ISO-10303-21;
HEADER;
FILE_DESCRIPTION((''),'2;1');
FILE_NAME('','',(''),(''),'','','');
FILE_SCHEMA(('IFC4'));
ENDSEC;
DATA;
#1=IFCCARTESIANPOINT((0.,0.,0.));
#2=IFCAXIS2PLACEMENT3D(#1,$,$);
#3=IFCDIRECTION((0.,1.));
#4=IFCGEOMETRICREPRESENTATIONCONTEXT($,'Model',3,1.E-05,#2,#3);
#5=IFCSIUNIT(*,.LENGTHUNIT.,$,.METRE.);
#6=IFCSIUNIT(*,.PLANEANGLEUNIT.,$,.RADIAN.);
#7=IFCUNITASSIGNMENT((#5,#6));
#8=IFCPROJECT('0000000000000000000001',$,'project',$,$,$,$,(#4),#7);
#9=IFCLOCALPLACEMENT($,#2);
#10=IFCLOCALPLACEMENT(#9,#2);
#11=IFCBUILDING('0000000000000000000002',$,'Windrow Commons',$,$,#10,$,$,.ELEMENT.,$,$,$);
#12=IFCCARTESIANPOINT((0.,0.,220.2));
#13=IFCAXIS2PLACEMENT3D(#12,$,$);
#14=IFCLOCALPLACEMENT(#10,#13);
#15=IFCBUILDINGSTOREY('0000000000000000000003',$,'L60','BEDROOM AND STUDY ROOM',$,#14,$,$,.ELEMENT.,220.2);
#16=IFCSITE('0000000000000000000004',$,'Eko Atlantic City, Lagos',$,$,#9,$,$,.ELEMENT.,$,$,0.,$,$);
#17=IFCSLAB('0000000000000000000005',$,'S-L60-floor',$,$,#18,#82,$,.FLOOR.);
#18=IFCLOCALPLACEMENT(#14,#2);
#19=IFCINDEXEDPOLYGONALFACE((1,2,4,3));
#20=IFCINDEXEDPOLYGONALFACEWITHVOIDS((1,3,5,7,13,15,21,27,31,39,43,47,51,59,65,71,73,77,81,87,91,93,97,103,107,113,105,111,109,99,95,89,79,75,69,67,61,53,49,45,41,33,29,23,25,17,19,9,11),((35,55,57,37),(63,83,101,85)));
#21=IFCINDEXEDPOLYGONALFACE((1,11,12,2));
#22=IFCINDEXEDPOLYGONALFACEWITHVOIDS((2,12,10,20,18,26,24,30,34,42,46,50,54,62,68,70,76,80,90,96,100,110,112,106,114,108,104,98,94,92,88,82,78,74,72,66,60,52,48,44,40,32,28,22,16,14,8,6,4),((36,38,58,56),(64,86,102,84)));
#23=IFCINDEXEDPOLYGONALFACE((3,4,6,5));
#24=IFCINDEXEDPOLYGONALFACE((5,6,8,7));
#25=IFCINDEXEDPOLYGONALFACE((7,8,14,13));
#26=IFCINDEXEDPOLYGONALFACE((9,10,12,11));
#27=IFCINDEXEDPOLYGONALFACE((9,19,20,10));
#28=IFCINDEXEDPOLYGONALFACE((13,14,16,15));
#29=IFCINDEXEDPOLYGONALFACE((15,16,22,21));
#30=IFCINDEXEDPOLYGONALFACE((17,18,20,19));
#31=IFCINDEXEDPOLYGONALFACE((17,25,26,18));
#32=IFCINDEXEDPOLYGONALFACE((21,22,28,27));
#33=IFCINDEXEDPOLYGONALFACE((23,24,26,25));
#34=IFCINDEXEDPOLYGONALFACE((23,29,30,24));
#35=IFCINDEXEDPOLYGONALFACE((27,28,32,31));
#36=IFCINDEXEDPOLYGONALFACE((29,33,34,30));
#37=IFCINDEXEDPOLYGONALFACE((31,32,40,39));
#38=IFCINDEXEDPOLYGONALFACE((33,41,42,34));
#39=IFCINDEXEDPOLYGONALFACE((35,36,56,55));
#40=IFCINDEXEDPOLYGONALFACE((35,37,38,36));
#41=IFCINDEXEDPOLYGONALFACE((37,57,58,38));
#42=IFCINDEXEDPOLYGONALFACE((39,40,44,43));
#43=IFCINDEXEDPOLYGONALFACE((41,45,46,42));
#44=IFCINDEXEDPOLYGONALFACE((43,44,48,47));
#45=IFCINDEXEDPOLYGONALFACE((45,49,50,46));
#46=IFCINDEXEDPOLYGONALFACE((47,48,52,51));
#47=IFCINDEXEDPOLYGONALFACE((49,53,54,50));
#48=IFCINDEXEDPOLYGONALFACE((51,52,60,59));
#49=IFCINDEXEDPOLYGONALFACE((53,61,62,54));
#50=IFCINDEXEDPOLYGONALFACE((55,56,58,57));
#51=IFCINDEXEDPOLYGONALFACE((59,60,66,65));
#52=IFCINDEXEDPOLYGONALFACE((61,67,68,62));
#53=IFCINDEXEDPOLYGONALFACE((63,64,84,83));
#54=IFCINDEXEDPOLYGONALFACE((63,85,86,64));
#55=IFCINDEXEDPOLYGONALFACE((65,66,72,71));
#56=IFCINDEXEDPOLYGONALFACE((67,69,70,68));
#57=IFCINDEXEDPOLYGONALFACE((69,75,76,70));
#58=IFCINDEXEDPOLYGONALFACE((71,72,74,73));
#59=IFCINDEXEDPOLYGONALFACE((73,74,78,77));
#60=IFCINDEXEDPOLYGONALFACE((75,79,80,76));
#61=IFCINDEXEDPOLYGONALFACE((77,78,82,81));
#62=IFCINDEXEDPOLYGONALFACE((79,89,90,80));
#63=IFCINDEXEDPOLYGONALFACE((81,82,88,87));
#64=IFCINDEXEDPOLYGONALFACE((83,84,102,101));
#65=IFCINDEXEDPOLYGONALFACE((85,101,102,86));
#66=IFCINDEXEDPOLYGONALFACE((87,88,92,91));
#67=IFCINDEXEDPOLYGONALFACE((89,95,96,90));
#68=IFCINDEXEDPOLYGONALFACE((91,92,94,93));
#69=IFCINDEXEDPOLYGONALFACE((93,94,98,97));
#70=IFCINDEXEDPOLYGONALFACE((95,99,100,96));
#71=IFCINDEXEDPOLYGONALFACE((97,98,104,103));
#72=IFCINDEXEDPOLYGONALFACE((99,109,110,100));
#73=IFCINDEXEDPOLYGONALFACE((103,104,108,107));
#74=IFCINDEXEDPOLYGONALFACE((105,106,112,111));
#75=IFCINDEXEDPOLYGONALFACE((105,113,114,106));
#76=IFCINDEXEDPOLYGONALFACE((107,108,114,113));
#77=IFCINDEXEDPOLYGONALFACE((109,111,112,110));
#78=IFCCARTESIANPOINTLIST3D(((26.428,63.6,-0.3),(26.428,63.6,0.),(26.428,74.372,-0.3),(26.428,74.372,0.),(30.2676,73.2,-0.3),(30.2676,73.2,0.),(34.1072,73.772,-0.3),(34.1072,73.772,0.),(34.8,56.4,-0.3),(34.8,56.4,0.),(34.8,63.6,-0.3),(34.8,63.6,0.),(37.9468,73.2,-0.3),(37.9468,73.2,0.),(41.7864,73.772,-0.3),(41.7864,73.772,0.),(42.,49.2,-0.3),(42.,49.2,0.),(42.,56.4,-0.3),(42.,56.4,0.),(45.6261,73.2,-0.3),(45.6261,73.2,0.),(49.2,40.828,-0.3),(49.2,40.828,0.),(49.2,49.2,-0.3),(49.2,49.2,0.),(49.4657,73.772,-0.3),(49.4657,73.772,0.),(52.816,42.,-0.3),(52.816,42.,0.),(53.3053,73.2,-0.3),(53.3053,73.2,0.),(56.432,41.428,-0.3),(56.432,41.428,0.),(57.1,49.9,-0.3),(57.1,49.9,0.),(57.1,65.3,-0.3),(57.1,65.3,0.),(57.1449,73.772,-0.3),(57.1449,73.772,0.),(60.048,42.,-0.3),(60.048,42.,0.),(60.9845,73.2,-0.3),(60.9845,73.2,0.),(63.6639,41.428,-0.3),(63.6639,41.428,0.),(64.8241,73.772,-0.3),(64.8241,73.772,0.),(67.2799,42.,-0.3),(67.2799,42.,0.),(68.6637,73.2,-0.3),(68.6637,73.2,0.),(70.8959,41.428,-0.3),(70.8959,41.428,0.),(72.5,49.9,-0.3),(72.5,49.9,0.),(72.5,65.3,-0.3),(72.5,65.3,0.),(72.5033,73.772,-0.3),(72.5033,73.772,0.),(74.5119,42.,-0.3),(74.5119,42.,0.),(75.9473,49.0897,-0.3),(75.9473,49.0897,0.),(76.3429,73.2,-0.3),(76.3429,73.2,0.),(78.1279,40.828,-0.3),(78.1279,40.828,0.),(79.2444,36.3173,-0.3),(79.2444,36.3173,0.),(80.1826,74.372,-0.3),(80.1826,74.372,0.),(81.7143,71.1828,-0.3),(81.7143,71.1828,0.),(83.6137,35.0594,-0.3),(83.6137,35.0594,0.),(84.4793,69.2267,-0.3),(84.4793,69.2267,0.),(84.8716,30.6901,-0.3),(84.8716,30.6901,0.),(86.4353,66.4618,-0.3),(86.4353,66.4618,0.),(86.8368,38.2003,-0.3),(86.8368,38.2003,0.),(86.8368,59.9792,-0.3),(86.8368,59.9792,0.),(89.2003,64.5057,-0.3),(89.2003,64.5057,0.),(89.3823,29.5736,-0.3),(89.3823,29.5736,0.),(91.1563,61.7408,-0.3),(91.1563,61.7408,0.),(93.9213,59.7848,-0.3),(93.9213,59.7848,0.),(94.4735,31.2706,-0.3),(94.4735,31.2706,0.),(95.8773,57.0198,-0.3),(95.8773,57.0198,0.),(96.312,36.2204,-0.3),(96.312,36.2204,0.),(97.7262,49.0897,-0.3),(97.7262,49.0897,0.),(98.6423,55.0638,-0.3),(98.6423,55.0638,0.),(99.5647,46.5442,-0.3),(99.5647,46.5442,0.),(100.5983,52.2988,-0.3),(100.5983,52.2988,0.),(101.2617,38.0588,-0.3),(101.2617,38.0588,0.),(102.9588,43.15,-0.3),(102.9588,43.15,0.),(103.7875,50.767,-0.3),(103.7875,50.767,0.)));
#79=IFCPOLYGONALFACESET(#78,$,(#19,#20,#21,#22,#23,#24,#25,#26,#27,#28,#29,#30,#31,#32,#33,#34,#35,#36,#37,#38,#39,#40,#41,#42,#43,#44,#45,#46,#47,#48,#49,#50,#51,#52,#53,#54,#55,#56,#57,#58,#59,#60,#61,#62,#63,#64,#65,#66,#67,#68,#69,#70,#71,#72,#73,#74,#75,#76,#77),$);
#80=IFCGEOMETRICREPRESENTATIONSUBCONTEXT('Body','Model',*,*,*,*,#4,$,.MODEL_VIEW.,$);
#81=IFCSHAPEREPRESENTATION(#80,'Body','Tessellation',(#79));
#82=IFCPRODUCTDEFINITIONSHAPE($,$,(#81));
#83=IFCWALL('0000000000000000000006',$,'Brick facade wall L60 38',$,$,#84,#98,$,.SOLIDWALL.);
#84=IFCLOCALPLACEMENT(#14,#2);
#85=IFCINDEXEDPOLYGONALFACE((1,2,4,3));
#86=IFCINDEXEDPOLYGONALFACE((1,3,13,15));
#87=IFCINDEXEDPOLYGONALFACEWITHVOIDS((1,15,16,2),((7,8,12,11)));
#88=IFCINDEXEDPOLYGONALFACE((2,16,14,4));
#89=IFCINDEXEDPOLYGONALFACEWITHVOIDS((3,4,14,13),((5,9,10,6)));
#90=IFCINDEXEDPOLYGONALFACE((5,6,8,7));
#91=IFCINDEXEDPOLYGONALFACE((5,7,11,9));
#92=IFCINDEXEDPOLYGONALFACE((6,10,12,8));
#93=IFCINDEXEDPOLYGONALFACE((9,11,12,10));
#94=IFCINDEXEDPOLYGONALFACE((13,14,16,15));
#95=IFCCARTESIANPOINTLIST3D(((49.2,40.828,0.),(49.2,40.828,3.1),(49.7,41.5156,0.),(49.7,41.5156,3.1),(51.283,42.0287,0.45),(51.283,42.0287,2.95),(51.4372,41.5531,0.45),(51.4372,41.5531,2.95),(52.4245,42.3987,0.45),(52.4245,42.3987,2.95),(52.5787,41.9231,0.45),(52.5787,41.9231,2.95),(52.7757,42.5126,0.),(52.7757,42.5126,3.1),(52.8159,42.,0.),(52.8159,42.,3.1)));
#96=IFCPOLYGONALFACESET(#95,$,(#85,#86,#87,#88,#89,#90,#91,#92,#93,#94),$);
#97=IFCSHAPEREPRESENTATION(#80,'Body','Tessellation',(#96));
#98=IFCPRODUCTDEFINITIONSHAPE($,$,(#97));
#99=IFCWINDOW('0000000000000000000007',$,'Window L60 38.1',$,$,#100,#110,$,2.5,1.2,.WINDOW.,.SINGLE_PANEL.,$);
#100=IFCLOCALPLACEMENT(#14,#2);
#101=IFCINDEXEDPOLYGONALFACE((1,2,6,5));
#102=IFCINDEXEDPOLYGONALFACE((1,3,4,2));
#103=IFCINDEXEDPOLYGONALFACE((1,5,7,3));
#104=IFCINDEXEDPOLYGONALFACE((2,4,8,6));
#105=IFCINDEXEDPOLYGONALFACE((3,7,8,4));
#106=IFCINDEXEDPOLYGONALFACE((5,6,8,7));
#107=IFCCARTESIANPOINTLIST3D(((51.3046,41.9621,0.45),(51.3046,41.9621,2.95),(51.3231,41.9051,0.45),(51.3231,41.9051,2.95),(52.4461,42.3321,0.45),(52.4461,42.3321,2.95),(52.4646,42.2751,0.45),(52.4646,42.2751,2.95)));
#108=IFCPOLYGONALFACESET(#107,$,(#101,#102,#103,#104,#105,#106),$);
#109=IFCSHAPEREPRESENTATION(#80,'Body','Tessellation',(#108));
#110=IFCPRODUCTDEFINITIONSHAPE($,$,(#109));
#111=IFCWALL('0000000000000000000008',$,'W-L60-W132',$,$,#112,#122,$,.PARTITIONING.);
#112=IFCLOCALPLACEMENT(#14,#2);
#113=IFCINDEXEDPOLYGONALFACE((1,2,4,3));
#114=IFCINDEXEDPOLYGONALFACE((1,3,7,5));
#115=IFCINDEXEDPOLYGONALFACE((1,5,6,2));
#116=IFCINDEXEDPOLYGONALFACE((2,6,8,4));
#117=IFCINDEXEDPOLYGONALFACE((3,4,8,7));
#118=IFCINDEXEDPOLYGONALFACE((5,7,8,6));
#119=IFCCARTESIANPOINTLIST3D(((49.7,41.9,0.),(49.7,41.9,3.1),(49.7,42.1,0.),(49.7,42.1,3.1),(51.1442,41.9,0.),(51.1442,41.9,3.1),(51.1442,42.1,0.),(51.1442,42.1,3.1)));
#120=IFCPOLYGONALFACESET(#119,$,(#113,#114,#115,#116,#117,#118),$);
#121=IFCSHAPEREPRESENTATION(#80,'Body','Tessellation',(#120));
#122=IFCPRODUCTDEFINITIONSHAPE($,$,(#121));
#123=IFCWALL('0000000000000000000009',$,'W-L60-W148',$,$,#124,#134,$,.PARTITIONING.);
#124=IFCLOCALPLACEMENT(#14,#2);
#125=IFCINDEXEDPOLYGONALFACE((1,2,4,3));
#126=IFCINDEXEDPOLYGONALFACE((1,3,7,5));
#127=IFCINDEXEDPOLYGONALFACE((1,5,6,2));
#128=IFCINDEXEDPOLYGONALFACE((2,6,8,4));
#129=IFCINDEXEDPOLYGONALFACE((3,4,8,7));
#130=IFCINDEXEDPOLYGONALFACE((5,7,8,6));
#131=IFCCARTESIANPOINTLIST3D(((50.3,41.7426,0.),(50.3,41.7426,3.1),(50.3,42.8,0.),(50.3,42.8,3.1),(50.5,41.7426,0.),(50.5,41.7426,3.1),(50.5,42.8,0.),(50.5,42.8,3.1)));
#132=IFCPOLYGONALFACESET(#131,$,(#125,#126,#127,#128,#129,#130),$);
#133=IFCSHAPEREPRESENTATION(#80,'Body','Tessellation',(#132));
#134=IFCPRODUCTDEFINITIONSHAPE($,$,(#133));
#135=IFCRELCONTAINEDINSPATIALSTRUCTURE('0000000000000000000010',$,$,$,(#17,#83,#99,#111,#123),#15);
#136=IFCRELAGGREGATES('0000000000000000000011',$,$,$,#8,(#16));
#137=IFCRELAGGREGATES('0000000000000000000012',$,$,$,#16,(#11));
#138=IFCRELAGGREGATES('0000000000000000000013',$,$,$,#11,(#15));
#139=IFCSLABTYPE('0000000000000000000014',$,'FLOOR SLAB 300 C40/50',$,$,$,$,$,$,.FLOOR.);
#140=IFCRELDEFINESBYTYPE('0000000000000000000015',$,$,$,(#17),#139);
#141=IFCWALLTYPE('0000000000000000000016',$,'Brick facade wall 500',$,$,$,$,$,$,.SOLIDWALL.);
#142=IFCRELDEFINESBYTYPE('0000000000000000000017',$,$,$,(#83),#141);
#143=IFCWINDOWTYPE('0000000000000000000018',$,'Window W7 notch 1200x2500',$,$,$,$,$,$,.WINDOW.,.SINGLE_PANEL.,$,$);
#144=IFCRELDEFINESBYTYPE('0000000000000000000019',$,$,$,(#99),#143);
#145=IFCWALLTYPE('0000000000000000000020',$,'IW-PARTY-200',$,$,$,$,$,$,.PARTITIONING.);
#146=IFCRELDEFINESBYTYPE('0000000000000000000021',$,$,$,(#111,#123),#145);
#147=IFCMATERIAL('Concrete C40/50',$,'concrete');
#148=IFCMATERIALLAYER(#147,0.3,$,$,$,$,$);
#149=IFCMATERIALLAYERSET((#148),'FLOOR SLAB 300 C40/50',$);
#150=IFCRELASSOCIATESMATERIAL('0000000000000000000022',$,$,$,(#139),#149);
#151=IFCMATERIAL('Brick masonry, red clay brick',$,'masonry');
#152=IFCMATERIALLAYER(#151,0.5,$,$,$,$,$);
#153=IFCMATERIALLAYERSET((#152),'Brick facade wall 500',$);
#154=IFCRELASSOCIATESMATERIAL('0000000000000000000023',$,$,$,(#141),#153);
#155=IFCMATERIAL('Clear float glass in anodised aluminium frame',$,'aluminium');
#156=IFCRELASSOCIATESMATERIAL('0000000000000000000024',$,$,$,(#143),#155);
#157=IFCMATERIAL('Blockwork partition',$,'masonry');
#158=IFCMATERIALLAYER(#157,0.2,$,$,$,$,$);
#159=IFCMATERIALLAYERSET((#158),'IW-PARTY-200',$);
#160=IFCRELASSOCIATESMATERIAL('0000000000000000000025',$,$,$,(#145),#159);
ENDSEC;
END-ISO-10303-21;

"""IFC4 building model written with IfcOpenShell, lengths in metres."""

from ifc_helpers import new_model, si_unit, direction, frame, frame_2d, origin, place, context, subcontext, project, spatial, polyline, rectangle, outline, extrude, material, layer, layer_set, type_object, element, fill, save


model = new_model("IFC4")

# Units and contexts
model_context = context("Model", 3, precision=1e-05, world=origin(), true_north=direction((0.0, 1.0)))
body_context = subcontext(model_context, "Body", "Model", "MODEL_VIEW")
ifc_project = project(units=[si_unit("LENGTHUNIT", "METRE"), si_unit("PLANEANGLEUNIT", "RADIAN")], contexts=[model_context])

# Site, building, storey
site_placement = place(None, origin())
site = spatial("IfcSite", under=ifc_project, at=site_placement, Name="Eko Atlantic City, Lagos", CompositionType="ELEMENT", RefElevation=0.0)
building_placement = place(site_placement, origin())
building = spatial("IfcBuilding", under=site, at=building_placement, Name="Windrow Commons", CompositionType="ELEMENT")
storey_placement = place(building_placement, frame((0.0, 0.0, 220.2)))
storey = spatial("IfcBuildingStorey", under=building, at=storey_placement, Name="L60", Description="BEDROOM AND STUDY ROOM", CompositionType="ELEMENT", Elevation=220.2)

# Shared definitions
placement_1 = place(storey_placement, frame((0.0, 0.0, -0.3)))

# Slab, openings
ifc_material_1 = material(Name="Concrete C40/50", Category="concrete")
ifc_layer_1 = layer(ifc_material_1, 0.3)
ifc_layer_set_1 = layer_set([ifc_layer_1], Name="FLOOR SLAB 300 C40/50")
slab_type_1 = type_object("IfcSlabType", Name="FLOOR SLAB 300 C40/50", PredefinedType="FLOOR", material=ifc_layer_set_1)
slab_1 = element("IfcSlab", 1, at=placement_1, inside=storey, type_object=slab_type_1, Name="S-L60-floor", PredefinedType="FLOOR", context=body_context, shape_type="SweptSolid", body=[
    extrude(outline(polyline([(84.8716, 30.6901), (89.3823, 29.5736), (94.4735, 31.2706), (96.312, 36.2204), (101.2617, 38.0588), (102.9588, 43.15), (99.5647, 46.5442), (103.7875, 50.767), (100.5983, 52.2988), (98.6423, 55.0638), (95.8773, 57.0198), (93.9213, 59.7848), (91.1563, 61.7408), (89.2003, 64.5057), (86.4353, 66.4618), (84.4793, 69.2267), (81.7143, 71.1828), (80.1826, 74.372), (76.3429, 73.2), (72.5033, 73.772), (68.6637, 73.2), (64.8241, 73.772), (60.9845, 73.2), (57.1449, 73.772), (53.3053, 73.2), (49.4657, 73.772), (45.6261, 73.2), (41.7864, 73.772), (37.9468, 73.2), (34.1072, 73.772), (30.2676, 73.2), (26.428, 74.372), (26.428, 63.6), (34.8, 63.6), (34.8, 56.4), (42.0, 56.4), (42.0, 49.2), (49.2, 49.2), (49.2, 40.828), (52.816, 42.0), (56.432, 41.428), (60.048, 42.0), (63.6639, 41.428), (67.2799, 42.0), (70.8959, 41.428), (74.5119, 42.0), (78.1279, 40.828), (79.2444, 36.3173), (83.6137, 35.0594), (84.8716, 30.6901)]), holes=[polyline([(75.9473, 49.0897), (86.8368, 59.9792), (97.7262, 49.0897), (86.8368, 38.2003), (75.9473, 49.0897)]), polyline([(57.1, 49.9), (57.1, 65.3), (72.5, 65.3), (72.5, 49.9), (57.1, 49.9)])]), origin(), (0.0, 0.0, 1.0), 0.3),
])
opening_1_placement = place(placement_1, origin())
element("IfcOpeningElement", 2, at=opening_1_placement, cuts=slab_1, PredefinedType="OPENING", context=body_context, shape_type="SweptSolid", body=[
    extrude(outline(polyline([(75.9544, 49.0897), (86.8368, 59.9721), (97.7191, 49.0897), (86.8368, 38.2074), (75.9544, 49.0897)])), origin(), (0.0, 0.0, 1.0), 0.3),
])
opening_2_placement = place(placement_1, origin())
element("IfcOpeningElement", 3, at=opening_2_placement, cuts=slab_1, PredefinedType="OPENING", context=body_context, shape_type="SweptSolid", body=[
    extrude(outline(polyline([(57.105, 49.905), (57.105, 65.295), (72.495, 65.295), (72.495, 49.905), (57.105, 49.905)])), origin(), (0.0, 0.0, 1.0), 0.3),
])

# Wall, opening, window
ifc_material_2 = material(Name="Brick masonry, red clay brick", Category="masonry")
ifc_layer_2 = layer(ifc_material_2, 0.5)
ifc_layer_set_2 = layer_set([ifc_layer_2], Name="Brick facade wall 500")
wall_type_1 = type_object("IfcWallType", Name="Brick facade wall 500", PredefinedType="SOLIDWALL", material=ifc_layer_set_2)
wall_1_placement = place(storey_placement, frame((49.45, 41.1718, 0.0), z_axis=(0.0, 0.0, 1.0), x_axis=(0.951278, 0.308336, 0.0)))
wall_1 = element("IfcWall", 4, at=wall_1_placement, inside=storey, type_object=wall_type_1, Name="Brick facade wall L60 38", PredefinedType="SOLIDWALL", context=body_context, shape_type="SweptSolid", body=[
    extrude(outline(polyline([(-0.3438, -0.25), (3.4573, -0.25), (3.5771, 0.25), (0.3438, 0.25), (-0.3438, -0.25)])), origin(), (0.0, 0.0, 1.0), 3.1),
])
opening_3_placement = place(wall_1_placement, frame((2.0079, 0.0, 0.45)))
opening_3 = element("IfcOpeningElement", 5, at=opening_3_placement, cuts=wall_1, PredefinedType="OPENING", context=body_context, shape_type="SweptSolid", body=[
    extrude(rectangle(XDim=1.2, YDim=2.5, at=frame_2d((0.6, 1.25))), frame((0.0, 0.26, 0.0), z_axis=(0.0, -1.0, 0.0), x_axis=(1.0, 0.0, 0.0)), (0.0, 0.0, 1.0), 0.52),
])
ifc_material_3 = material(Name="Clear float glass in anodised aluminium frame", Category="aluminium")
window_type = type_object("IfcWindowType", Name="Window W7 notch 1200x2500", PartitioningType="SINGLE_PANEL", PredefinedType="WINDOW", material=ifc_material_3)
window_placement = place(opening_3_placement, origin())
window = element("IfcWindow", 6, at=window_placement, inside=storey, type_object=window_type, Name="Window L60 38.1", OverallHeight=2.5, OverallWidth=1.2, PartitioningType="SINGLE_PANEL", PredefinedType="WINDOW", context=body_context, shape_type="SweptSolid", body=[
    extrude(rectangle(XDim=1.2, YDim=2.5, at=frame_2d((0.6, 1.25))), frame((0.0, 0.18, 0.0), z_axis=(0.0, -1.0, 0.0), x_axis=(1.0, 0.0, 0.0)), (0.0, 0.0, 1.0), 0.06),
])
fill(opening_3, window)

# Walls
ifc_material_4 = material(Name="Blockwork partition", Category="masonry")
ifc_layer_3 = layer(ifc_material_4, 0.2)
ifc_layer_set_3 = layer_set([ifc_layer_3], Name="IW-PARTY-200")
wall_type_2 = type_object("IfcWallType", Name="IW-PARTY-200", PredefinedType="PARTITIONING", material=ifc_layer_set_3)
wall_2_placement = place(storey_placement, frame((49.7, 42.0, 0.0), z_axis=(0.0, 0.0, 1.0), x_axis=(1.0, 0.0, 0.0)))
element("IfcWall", 7, at=wall_2_placement, inside=storey, type_object=wall_type_2, Name="W-L60-W132", PredefinedType="PARTITIONING", context=body_context, shape_type="SweptSolid", body=[
    extrude(rectangle(XDim=1.4443, YDim=0.2, at=frame_2d((0.7221, 0.0))), origin(), (0.0, 0.0, 1.0), 3.1),
])
wall_3_placement = place(storey_placement, frame((50.4, 41.7425, 0.0), z_axis=(0.0, 0.0, 1.0), x_axis=(0.0, 1.0, 0.0)))
element("IfcWall", 8, at=wall_3_placement, inside=storey, type_object=wall_type_2, Name="W-L60-W148", PredefinedType="PARTITIONING", context=body_context, shape_type="SweptSolid", body=[
    extrude(rectangle(XDim=1.0575, YDim=0.2, at=frame_2d((0.5288, 0.0))), origin(), (0.0, 0.0, 1.0), 3.1),
])

save(model, "model.ifc")
